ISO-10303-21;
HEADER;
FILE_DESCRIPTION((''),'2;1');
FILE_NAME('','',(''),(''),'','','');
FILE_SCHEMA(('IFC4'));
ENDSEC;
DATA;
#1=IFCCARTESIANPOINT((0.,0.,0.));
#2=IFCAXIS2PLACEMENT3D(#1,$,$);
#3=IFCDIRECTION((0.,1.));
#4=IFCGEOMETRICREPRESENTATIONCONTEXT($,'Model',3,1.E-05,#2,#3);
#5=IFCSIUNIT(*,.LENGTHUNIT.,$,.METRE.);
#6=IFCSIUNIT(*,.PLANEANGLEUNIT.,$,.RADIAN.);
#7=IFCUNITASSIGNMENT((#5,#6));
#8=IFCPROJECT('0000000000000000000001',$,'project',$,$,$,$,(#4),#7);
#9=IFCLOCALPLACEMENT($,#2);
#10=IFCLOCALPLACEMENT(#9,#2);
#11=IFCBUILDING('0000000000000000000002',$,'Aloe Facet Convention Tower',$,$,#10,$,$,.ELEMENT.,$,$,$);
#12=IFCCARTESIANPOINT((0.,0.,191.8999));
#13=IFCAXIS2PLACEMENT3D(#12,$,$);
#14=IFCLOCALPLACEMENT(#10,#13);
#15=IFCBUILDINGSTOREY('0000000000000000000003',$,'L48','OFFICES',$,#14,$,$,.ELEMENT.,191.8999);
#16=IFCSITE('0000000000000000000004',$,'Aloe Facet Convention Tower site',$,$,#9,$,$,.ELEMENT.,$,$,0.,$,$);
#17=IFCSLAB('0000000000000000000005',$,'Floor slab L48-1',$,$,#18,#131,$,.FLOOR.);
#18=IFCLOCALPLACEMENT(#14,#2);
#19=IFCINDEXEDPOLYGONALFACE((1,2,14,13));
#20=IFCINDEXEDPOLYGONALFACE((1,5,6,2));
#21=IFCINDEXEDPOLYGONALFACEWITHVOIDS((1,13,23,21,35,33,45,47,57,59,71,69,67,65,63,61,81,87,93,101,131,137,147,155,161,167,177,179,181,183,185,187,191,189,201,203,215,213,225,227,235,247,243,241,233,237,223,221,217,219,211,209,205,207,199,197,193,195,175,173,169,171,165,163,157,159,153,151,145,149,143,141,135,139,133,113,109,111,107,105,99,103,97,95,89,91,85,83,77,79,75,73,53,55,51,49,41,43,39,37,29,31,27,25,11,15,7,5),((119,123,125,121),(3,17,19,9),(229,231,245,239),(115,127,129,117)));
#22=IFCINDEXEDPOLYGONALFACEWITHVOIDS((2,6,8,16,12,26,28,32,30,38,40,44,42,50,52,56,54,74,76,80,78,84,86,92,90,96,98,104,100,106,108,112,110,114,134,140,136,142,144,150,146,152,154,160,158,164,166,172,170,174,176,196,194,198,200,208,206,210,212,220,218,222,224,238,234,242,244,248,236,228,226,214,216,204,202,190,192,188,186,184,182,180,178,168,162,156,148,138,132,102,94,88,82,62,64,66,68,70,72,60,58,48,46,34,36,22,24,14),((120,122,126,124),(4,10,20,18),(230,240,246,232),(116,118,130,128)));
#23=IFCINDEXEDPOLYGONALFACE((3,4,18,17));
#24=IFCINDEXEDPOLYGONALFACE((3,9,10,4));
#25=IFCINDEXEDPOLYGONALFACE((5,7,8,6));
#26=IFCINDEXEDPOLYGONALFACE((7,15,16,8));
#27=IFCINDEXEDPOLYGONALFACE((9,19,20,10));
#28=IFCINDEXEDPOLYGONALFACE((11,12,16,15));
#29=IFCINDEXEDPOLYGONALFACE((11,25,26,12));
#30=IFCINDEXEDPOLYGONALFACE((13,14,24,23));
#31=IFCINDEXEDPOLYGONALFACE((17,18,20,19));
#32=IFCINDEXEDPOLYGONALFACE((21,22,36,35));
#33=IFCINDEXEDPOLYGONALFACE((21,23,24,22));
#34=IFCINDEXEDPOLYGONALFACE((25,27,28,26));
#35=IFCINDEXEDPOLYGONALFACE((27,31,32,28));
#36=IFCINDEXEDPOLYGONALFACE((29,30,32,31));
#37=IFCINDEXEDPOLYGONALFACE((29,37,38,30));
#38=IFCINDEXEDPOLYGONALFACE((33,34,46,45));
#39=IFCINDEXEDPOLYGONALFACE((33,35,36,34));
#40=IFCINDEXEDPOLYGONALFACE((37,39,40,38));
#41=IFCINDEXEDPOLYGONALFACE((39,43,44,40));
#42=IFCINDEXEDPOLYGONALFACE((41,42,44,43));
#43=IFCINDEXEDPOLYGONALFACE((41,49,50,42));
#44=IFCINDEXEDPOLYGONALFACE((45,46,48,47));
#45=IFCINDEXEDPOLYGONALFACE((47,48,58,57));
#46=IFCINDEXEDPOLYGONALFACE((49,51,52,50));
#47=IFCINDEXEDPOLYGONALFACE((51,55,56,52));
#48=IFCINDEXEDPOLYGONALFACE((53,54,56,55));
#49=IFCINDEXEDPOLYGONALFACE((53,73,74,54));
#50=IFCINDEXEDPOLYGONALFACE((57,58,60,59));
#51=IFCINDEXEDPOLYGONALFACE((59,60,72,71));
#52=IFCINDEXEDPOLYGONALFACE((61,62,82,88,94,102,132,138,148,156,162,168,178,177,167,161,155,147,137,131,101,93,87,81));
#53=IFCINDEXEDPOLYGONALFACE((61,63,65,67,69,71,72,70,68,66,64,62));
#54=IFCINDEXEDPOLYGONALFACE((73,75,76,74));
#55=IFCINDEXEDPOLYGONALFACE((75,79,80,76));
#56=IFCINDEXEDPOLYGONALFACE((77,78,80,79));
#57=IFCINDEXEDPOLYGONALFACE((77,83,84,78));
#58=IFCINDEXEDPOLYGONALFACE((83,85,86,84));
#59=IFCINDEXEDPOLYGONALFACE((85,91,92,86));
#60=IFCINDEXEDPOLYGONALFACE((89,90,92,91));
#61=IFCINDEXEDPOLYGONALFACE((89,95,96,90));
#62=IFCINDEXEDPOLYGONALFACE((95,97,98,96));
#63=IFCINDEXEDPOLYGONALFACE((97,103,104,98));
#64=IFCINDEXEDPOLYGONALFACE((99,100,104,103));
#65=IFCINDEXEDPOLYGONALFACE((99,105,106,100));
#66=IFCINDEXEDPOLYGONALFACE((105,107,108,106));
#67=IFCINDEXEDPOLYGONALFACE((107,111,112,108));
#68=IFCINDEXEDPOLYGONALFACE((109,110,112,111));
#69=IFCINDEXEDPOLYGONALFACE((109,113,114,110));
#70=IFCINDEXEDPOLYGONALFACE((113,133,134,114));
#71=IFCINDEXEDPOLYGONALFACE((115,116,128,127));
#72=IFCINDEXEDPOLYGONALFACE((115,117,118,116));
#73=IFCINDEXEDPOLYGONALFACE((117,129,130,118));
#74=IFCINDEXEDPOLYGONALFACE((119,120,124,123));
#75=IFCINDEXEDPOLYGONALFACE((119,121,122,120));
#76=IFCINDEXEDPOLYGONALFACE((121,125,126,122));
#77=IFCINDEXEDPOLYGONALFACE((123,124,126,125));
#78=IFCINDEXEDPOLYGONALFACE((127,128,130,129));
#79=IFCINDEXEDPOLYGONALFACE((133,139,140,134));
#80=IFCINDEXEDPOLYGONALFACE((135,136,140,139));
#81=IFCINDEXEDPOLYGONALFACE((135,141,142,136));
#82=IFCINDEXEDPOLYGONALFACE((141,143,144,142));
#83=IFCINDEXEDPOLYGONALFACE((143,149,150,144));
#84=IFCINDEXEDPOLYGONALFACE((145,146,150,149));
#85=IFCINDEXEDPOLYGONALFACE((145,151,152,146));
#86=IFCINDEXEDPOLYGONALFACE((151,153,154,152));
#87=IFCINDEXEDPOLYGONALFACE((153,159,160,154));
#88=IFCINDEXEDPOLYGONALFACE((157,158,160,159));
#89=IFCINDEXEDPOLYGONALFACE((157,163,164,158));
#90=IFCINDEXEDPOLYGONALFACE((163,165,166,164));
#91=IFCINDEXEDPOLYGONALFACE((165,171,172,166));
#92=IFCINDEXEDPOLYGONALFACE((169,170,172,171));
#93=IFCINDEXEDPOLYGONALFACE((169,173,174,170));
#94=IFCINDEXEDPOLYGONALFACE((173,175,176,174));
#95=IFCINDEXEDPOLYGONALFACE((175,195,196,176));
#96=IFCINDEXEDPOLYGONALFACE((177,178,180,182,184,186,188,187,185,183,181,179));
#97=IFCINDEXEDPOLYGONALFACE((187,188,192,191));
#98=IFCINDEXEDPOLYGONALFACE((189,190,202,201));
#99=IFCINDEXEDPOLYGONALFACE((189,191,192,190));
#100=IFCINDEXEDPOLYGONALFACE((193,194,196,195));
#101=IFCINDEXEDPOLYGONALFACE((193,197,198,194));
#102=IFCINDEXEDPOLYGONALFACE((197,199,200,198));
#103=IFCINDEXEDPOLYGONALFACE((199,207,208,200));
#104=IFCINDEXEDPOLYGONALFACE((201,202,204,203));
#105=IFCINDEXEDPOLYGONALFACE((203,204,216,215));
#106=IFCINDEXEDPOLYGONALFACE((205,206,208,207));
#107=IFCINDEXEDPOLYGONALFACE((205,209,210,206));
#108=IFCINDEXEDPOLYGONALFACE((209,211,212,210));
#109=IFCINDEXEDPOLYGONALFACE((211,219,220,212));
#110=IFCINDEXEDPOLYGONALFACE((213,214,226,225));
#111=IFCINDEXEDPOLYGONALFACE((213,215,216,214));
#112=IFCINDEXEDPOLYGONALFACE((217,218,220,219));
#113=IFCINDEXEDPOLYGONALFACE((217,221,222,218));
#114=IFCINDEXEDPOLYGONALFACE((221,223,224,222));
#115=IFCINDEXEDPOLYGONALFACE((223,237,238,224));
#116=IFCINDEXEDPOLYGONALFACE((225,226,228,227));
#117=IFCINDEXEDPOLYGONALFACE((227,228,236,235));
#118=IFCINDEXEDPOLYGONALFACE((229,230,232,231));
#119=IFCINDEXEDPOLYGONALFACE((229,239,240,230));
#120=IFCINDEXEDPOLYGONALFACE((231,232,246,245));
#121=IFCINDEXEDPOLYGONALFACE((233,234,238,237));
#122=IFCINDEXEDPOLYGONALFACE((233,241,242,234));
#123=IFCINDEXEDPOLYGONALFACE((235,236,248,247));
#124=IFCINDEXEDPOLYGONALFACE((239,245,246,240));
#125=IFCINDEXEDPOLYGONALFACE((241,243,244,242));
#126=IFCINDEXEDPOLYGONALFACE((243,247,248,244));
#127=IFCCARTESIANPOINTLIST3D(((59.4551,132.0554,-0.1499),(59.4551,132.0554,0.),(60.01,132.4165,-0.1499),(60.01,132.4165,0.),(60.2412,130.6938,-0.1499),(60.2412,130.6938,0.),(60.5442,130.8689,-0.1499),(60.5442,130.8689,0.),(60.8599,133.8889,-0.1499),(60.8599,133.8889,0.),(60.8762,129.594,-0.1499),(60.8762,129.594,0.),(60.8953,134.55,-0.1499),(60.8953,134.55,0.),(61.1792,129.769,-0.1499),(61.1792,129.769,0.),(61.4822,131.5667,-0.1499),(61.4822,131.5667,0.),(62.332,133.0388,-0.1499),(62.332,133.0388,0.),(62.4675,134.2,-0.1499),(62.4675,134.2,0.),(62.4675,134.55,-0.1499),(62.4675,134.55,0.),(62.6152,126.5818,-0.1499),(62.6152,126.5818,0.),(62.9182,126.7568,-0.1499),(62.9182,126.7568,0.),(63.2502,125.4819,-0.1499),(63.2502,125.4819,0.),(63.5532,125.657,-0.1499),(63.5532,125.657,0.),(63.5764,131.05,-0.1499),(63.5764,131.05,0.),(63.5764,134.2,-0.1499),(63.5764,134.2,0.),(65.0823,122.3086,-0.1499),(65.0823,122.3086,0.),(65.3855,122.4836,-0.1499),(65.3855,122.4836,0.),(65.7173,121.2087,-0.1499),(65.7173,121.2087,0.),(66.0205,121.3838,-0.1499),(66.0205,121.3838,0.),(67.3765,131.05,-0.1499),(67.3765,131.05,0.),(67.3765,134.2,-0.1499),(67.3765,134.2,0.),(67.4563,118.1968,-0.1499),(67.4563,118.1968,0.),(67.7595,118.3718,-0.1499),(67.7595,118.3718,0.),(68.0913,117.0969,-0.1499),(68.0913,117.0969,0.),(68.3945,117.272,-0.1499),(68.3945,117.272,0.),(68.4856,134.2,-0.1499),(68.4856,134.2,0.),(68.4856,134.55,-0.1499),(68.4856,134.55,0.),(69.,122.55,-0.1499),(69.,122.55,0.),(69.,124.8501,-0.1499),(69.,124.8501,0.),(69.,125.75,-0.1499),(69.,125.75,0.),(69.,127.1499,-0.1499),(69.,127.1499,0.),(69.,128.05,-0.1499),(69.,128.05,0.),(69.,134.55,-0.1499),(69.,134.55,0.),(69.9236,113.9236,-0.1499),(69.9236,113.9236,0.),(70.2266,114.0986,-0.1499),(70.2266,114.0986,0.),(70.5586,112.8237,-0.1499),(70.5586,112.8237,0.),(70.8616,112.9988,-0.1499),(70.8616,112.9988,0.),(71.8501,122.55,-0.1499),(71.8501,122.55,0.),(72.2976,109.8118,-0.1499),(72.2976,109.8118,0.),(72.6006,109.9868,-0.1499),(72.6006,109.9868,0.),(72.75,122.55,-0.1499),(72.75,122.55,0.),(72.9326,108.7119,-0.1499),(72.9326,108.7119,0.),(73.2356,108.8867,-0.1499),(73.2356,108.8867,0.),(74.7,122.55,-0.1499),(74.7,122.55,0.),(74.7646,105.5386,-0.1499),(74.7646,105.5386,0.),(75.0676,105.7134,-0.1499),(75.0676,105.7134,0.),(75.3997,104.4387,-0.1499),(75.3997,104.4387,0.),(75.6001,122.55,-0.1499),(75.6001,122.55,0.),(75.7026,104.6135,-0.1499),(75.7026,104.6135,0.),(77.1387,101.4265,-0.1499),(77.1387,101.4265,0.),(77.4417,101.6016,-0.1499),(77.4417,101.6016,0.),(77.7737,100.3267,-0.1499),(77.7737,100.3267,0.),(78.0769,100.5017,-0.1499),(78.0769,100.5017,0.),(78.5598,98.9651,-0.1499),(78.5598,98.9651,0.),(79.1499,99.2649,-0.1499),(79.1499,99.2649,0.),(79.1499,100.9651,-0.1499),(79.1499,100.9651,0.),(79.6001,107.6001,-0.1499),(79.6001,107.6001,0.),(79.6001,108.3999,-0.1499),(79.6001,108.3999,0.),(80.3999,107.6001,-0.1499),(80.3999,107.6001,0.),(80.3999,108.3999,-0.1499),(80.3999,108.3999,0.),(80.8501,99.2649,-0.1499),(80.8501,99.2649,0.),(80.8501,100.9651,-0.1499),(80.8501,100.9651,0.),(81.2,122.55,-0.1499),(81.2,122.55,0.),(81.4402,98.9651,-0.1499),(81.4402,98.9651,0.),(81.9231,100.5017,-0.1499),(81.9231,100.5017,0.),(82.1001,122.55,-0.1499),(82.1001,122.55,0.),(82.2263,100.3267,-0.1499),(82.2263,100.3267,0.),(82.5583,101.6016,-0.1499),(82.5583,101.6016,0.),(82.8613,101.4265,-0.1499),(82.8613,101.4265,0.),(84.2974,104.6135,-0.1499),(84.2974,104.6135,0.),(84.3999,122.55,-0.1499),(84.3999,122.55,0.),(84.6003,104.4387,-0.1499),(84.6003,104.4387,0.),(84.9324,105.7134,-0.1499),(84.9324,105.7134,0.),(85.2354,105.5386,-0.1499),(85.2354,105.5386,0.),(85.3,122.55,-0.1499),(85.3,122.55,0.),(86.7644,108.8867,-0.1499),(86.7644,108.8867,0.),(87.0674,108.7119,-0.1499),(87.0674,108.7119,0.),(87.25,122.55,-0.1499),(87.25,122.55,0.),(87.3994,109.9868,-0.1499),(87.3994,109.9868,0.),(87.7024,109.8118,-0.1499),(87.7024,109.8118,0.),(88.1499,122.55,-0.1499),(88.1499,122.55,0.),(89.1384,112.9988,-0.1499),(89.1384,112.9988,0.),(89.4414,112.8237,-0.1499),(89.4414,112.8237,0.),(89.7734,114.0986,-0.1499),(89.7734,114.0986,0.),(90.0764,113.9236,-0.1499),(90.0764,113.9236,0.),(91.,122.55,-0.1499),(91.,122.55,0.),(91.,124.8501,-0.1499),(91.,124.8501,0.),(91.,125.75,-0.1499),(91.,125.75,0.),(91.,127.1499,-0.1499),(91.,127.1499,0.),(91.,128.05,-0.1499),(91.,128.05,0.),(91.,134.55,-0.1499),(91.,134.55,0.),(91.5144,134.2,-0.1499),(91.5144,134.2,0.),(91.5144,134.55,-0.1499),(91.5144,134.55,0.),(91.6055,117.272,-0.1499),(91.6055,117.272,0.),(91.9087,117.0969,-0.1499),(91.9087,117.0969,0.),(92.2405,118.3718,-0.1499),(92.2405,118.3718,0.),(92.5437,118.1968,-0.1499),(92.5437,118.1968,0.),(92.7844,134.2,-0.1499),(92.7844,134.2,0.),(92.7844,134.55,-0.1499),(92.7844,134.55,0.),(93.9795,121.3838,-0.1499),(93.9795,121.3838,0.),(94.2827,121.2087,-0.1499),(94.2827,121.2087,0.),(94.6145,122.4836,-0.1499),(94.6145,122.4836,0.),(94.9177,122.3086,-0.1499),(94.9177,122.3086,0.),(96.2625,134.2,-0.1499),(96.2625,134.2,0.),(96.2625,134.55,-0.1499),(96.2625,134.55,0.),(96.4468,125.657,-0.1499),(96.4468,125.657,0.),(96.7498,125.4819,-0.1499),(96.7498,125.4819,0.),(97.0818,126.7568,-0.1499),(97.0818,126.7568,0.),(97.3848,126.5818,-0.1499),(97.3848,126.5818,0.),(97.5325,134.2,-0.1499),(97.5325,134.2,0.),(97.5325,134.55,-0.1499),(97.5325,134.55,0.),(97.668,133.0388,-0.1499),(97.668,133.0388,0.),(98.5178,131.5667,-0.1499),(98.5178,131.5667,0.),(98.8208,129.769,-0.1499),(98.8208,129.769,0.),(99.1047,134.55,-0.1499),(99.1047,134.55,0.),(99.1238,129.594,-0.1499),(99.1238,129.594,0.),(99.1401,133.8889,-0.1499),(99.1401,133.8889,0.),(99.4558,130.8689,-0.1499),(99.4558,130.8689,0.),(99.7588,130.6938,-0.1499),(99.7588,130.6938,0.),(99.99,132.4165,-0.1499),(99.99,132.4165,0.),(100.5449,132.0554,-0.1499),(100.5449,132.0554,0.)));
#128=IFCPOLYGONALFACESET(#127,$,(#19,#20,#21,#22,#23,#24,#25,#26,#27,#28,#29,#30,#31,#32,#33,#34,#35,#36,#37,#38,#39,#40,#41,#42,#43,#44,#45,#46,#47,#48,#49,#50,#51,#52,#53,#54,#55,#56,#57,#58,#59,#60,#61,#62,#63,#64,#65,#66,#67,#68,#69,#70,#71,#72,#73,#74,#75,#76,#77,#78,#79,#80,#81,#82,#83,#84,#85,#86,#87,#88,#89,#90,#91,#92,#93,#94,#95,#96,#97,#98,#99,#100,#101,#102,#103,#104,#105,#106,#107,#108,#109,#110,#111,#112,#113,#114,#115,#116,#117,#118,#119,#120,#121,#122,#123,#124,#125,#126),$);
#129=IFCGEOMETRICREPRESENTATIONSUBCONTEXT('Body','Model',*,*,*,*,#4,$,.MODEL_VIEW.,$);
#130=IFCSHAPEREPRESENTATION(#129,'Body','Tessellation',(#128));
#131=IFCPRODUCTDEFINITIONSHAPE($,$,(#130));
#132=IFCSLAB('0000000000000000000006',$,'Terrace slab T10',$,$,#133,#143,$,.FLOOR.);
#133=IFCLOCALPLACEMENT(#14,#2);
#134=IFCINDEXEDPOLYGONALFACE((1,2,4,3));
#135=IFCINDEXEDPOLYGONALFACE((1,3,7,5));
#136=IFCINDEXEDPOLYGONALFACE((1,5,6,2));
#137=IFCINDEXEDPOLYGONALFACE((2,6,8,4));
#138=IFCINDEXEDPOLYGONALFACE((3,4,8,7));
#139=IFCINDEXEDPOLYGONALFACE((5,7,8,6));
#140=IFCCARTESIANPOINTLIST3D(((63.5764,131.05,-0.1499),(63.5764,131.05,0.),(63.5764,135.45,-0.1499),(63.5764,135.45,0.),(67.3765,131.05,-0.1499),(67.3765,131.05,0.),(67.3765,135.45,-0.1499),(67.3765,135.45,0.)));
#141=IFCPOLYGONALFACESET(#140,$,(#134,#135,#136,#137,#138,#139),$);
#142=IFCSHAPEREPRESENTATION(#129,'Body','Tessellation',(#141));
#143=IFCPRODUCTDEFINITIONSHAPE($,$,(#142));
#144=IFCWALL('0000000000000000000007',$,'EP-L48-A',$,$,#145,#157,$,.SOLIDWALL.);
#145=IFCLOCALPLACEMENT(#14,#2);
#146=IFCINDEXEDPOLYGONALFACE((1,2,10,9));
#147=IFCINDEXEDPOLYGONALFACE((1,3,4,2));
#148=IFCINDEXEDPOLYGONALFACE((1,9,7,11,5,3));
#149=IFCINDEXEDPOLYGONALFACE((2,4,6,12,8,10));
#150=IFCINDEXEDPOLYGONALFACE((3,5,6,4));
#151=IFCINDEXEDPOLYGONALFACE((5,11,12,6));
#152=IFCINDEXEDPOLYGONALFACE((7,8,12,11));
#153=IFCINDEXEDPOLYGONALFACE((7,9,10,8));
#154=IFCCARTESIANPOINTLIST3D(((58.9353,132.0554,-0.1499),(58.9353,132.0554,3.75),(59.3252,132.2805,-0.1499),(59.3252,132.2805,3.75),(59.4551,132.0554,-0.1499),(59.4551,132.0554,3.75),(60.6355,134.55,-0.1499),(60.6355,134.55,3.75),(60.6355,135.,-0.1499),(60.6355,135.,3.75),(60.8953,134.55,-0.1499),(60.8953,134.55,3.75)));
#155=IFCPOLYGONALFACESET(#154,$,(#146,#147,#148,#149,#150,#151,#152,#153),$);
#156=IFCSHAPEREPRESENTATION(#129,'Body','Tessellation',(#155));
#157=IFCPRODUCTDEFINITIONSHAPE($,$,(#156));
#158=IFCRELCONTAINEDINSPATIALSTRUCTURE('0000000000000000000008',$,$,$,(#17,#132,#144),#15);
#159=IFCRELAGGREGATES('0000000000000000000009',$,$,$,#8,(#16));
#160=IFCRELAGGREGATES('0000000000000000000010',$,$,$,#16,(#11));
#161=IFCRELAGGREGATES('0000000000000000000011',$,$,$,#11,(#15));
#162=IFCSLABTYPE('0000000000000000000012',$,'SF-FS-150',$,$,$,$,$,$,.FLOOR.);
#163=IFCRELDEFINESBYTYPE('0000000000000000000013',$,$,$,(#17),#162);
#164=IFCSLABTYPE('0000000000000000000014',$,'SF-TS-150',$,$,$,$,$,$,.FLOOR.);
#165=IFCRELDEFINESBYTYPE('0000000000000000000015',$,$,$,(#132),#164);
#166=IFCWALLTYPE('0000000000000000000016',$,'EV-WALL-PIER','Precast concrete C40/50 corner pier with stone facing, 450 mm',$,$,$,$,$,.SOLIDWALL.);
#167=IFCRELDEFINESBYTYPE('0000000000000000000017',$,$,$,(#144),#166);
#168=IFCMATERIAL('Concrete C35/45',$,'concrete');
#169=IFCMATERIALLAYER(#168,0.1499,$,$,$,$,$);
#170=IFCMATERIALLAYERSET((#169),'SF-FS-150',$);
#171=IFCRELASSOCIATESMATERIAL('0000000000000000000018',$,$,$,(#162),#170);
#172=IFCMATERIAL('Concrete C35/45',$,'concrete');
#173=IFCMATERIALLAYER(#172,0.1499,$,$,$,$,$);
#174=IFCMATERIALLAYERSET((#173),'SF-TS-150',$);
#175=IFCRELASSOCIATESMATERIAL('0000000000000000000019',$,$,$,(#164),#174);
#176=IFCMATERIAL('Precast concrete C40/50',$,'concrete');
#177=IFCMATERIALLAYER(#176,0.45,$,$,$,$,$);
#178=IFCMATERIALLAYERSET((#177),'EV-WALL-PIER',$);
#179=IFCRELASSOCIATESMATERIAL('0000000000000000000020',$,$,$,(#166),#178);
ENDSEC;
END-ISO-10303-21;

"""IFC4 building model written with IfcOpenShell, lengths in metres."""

from ifc_helpers import new_model, si_unit, direction, frame, origin, place, context, subcontext, project, spatial, polyline, outline, extrude, material, layer, layer_set, type_object, element, save


model = new_model("IFC4")

# Units and contexts
model_context = context("Model", 3, precision=1e-05, world=origin(), true_north=direction((0.0, 1.0)))
body_context = subcontext(model_context, "Body", "Model", "MODEL_VIEW")
ifc_project = project(units=[si_unit("LENGTHUNIT", "METRE"), si_unit("PLANEANGLEUNIT", "RADIAN")], contexts=[model_context])

# Site, building, storey
site_placement = place(None, origin())
site = spatial("IfcSite", under=ifc_project, at=site_placement, Name="Aloe Facet Convention Tower site", CompositionType="ELEMENT", RefElevation=0.0)
building_placement = place(site_placement, origin())
building = spatial("IfcBuilding", under=site, at=building_placement, Name="Aloe Facet Convention Tower", CompositionType="ELEMENT")
storey_placement = place(building_placement, frame((0.0, 0.0, 191.8999)))
storey = spatial("IfcBuildingStorey", under=building, at=storey_placement, Name="L48", Description="OFFICES", CompositionType="ELEMENT", Elevation=191.8999)

# Slabs
ifc_material_1 = material(Name="Concrete C35/45", Category="concrete")
ifc_layer_1 = layer(ifc_material_1, 0.1499)
ifc_layer_set_1 = layer_set([ifc_layer_1], Name="SF-FS-150")
slab_type_1 = type_object("IfcSlabType", Name="SF-FS-150", PredefinedType="FLOOR", material=ifc_layer_set_1)
slab_1_placement = place(storey_placement, frame((0.0, 0.0, -0.1499)))
element("IfcSlab", 1, at=slab_1_placement, inside=storey, type_object=slab_type_1, Name="Floor slab L48-1", PredefinedType="FLOOR", context=body_context, shape_type="SweptSolid", body=[
    extrude(outline(polyline([(100.5449, 132.0554), (99.7588, 130.6938), (99.4558, 130.8689), (98.8208, 129.769), (99.1238, 129.594), (97.3848, 126.5818), (97.0818, 126.7568), (96.4468, 125.657), (96.7498, 125.4819), (94.9177, 122.3086), (94.6145, 122.4836), (93.9795, 121.3838), (94.2827, 121.2087), (92.5437, 118.1968), (92.2405, 118.3718), (91.6055, 117.272), (91.9087, 117.0969), (90.0764, 113.9236), (89.7734, 114.0986), (89.1384, 112.9988), (89.4414, 112.8237), (87.7024, 109.8118), (87.3994, 109.9868), (86.7644, 108.8867), (87.0674, 108.7119), (85.2354, 105.5386), (84.9324, 105.7134), (84.2974, 104.6135), (84.6003, 104.4387), (82.8613, 101.4265), (82.5583, 101.6016), (81.9231, 100.5017), (82.2263, 100.3267), (81.4402, 98.9651), (78.5598, 98.9651), (77.7737, 100.3267), (78.0769, 100.5017), (77.4417, 101.6016), (77.1387, 101.4265), (75.3997, 104.4387), (75.7026, 104.6135), (75.0676, 105.7134), (74.7646, 105.5386), (72.9326, 108.7119), (73.2356, 108.8867), (72.6006, 109.9868), (72.2976, 109.8118), (70.5586, 112.8237), (70.8616, 112.9988), (70.2266, 114.0986), (69.9236, 113.9236), (68.0913, 117.0969), (68.3945, 117.272), (67.7595, 118.3718), (67.4563, 118.1968), (65.7173, 121.2087), (66.0205, 121.3838), (65.3855, 122.4836), (65.0823, 122.3086), (63.2502, 125.4819), (63.5532, 125.657), (62.9182, 126.7568), (62.6152, 126.5818), (60.8762, 129.594), (61.1792, 129.769), (60.5442, 130.8689), (60.2412, 130.6938), (59.4551, 132.0554), (60.8953, 134.55), (62.4675, 134.55), (62.4675, 134.2), (63.5764, 134.2), (63.5764, 131.05), (67.3765, 131.05), (67.3765, 134.2), (68.4856, 134.2), (68.4856, 134.55), (69.0, 134.55), (69.0, 128.05), (69.0, 127.1499), (69.0, 125.75), (69.0, 124.8501), (69.0, 122.55), (71.8501, 122.55), (72.75, 122.55), (74.7, 122.55), (75.6001, 122.55), (81.2, 122.55), (82.1001, 122.55), (84.3999, 122.55), (85.3, 122.55), (87.25, 122.55), (88.1499, 122.55), (91.0, 122.55), (91.0, 124.8501), (91.0, 125.75), (91.0, 127.1499), (91.0, 128.05), (91.0, 134.55), (91.5144, 134.55), (91.5144, 134.2), (92.7844, 134.2), (92.7844, 134.55), (96.2625, 134.55), (96.2625, 134.2), (97.5325, 134.2), (97.5325, 134.55), (99.1047, 134.55), (100.5449, 132.0554)]), holes=[polyline([(80.8501, 99.2649), (80.8501, 100.9651), (79.1499, 100.9651), (79.1499, 99.2649), (80.8501, 99.2649)]), polyline([(60.8599, 133.8889), (60.01, 132.4165), (61.4822, 131.5667), (62.332, 133.0388), (60.8599, 133.8889)]), polyline([(80.3999, 107.6001), (80.3999, 108.3999), (79.6001, 108.3999), (79.6001, 107.6001), (80.3999, 107.6001)]), polyline([(99.99, 132.4165), (99.1401, 133.8889), (97.668, 133.0388), (98.5178, 131.5667), (99.99, 132.4165)])]), origin(), (0.0, 0.0, 1.0), 0.1499),
])
ifc_material_2 = material(Name="Concrete C35/45", Category="concrete")
ifc_layer_2 = layer(ifc_material_2, 0.1499)
ifc_layer_set_2 = layer_set([ifc_layer_2], Name="SF-TS-150")
slab_type_2 = type_object("IfcSlabType", Name="SF-TS-150", PredefinedType="FLOOR", material=ifc_layer_set_2)
slab_2_placement = place(storey_placement, frame((0.0, 0.0, -0.1499)))
element("IfcSlab", 2, at=slab_2_placement, inside=storey, type_object=slab_type_2, Name="Terrace slab T10", PredefinedType="FLOOR", context=body_context, shape_type="SweptSolid", body=[
    extrude(outline(polyline([(67.3765, 135.45), (67.3765, 131.05), (63.5764, 131.05), (63.5764, 135.45), (67.3765, 135.45)])), origin(), (0.0, 0.0, 1.0), 0.1499),
])

# Wall
ifc_material_3 = material(Name="Precast concrete C40/50", Category="concrete")
ifc_layer_3 = layer(ifc_material_3, 0.45)
ifc_layer_set_3 = layer_set([ifc_layer_3], Name="EV-WALL-PIER")
wall_type_1 = type_object("IfcWallType", Name="EV-WALL-PIER", Description="Precast concrete C40/50 corner pier with stone facing, 450 mm", PredefinedType="SOLIDWALL", material=ifc_layer_set_3)
wall_1_placement = place(storey_placement, frame((0.0, 0.0, -0.1499)))
element("IfcWall", 3, at=wall_1_placement, inside=storey, type_object=wall_type_1, Name="EP-L48-A", PredefinedType="SOLIDWALL", context=body_context, shape_type="SweptSolid", body=[
    extrude(outline(polyline([(60.6355, 135.0), (60.6355, 134.55), (60.8953, 134.55), (59.4551, 132.0554), (59.3252, 132.2805), (58.9353, 132.0554), (60.6355, 135.0)])), origin(), (0.0, 0.0, 1.0), 3.8999),
])

save(model, "model.ifc")
